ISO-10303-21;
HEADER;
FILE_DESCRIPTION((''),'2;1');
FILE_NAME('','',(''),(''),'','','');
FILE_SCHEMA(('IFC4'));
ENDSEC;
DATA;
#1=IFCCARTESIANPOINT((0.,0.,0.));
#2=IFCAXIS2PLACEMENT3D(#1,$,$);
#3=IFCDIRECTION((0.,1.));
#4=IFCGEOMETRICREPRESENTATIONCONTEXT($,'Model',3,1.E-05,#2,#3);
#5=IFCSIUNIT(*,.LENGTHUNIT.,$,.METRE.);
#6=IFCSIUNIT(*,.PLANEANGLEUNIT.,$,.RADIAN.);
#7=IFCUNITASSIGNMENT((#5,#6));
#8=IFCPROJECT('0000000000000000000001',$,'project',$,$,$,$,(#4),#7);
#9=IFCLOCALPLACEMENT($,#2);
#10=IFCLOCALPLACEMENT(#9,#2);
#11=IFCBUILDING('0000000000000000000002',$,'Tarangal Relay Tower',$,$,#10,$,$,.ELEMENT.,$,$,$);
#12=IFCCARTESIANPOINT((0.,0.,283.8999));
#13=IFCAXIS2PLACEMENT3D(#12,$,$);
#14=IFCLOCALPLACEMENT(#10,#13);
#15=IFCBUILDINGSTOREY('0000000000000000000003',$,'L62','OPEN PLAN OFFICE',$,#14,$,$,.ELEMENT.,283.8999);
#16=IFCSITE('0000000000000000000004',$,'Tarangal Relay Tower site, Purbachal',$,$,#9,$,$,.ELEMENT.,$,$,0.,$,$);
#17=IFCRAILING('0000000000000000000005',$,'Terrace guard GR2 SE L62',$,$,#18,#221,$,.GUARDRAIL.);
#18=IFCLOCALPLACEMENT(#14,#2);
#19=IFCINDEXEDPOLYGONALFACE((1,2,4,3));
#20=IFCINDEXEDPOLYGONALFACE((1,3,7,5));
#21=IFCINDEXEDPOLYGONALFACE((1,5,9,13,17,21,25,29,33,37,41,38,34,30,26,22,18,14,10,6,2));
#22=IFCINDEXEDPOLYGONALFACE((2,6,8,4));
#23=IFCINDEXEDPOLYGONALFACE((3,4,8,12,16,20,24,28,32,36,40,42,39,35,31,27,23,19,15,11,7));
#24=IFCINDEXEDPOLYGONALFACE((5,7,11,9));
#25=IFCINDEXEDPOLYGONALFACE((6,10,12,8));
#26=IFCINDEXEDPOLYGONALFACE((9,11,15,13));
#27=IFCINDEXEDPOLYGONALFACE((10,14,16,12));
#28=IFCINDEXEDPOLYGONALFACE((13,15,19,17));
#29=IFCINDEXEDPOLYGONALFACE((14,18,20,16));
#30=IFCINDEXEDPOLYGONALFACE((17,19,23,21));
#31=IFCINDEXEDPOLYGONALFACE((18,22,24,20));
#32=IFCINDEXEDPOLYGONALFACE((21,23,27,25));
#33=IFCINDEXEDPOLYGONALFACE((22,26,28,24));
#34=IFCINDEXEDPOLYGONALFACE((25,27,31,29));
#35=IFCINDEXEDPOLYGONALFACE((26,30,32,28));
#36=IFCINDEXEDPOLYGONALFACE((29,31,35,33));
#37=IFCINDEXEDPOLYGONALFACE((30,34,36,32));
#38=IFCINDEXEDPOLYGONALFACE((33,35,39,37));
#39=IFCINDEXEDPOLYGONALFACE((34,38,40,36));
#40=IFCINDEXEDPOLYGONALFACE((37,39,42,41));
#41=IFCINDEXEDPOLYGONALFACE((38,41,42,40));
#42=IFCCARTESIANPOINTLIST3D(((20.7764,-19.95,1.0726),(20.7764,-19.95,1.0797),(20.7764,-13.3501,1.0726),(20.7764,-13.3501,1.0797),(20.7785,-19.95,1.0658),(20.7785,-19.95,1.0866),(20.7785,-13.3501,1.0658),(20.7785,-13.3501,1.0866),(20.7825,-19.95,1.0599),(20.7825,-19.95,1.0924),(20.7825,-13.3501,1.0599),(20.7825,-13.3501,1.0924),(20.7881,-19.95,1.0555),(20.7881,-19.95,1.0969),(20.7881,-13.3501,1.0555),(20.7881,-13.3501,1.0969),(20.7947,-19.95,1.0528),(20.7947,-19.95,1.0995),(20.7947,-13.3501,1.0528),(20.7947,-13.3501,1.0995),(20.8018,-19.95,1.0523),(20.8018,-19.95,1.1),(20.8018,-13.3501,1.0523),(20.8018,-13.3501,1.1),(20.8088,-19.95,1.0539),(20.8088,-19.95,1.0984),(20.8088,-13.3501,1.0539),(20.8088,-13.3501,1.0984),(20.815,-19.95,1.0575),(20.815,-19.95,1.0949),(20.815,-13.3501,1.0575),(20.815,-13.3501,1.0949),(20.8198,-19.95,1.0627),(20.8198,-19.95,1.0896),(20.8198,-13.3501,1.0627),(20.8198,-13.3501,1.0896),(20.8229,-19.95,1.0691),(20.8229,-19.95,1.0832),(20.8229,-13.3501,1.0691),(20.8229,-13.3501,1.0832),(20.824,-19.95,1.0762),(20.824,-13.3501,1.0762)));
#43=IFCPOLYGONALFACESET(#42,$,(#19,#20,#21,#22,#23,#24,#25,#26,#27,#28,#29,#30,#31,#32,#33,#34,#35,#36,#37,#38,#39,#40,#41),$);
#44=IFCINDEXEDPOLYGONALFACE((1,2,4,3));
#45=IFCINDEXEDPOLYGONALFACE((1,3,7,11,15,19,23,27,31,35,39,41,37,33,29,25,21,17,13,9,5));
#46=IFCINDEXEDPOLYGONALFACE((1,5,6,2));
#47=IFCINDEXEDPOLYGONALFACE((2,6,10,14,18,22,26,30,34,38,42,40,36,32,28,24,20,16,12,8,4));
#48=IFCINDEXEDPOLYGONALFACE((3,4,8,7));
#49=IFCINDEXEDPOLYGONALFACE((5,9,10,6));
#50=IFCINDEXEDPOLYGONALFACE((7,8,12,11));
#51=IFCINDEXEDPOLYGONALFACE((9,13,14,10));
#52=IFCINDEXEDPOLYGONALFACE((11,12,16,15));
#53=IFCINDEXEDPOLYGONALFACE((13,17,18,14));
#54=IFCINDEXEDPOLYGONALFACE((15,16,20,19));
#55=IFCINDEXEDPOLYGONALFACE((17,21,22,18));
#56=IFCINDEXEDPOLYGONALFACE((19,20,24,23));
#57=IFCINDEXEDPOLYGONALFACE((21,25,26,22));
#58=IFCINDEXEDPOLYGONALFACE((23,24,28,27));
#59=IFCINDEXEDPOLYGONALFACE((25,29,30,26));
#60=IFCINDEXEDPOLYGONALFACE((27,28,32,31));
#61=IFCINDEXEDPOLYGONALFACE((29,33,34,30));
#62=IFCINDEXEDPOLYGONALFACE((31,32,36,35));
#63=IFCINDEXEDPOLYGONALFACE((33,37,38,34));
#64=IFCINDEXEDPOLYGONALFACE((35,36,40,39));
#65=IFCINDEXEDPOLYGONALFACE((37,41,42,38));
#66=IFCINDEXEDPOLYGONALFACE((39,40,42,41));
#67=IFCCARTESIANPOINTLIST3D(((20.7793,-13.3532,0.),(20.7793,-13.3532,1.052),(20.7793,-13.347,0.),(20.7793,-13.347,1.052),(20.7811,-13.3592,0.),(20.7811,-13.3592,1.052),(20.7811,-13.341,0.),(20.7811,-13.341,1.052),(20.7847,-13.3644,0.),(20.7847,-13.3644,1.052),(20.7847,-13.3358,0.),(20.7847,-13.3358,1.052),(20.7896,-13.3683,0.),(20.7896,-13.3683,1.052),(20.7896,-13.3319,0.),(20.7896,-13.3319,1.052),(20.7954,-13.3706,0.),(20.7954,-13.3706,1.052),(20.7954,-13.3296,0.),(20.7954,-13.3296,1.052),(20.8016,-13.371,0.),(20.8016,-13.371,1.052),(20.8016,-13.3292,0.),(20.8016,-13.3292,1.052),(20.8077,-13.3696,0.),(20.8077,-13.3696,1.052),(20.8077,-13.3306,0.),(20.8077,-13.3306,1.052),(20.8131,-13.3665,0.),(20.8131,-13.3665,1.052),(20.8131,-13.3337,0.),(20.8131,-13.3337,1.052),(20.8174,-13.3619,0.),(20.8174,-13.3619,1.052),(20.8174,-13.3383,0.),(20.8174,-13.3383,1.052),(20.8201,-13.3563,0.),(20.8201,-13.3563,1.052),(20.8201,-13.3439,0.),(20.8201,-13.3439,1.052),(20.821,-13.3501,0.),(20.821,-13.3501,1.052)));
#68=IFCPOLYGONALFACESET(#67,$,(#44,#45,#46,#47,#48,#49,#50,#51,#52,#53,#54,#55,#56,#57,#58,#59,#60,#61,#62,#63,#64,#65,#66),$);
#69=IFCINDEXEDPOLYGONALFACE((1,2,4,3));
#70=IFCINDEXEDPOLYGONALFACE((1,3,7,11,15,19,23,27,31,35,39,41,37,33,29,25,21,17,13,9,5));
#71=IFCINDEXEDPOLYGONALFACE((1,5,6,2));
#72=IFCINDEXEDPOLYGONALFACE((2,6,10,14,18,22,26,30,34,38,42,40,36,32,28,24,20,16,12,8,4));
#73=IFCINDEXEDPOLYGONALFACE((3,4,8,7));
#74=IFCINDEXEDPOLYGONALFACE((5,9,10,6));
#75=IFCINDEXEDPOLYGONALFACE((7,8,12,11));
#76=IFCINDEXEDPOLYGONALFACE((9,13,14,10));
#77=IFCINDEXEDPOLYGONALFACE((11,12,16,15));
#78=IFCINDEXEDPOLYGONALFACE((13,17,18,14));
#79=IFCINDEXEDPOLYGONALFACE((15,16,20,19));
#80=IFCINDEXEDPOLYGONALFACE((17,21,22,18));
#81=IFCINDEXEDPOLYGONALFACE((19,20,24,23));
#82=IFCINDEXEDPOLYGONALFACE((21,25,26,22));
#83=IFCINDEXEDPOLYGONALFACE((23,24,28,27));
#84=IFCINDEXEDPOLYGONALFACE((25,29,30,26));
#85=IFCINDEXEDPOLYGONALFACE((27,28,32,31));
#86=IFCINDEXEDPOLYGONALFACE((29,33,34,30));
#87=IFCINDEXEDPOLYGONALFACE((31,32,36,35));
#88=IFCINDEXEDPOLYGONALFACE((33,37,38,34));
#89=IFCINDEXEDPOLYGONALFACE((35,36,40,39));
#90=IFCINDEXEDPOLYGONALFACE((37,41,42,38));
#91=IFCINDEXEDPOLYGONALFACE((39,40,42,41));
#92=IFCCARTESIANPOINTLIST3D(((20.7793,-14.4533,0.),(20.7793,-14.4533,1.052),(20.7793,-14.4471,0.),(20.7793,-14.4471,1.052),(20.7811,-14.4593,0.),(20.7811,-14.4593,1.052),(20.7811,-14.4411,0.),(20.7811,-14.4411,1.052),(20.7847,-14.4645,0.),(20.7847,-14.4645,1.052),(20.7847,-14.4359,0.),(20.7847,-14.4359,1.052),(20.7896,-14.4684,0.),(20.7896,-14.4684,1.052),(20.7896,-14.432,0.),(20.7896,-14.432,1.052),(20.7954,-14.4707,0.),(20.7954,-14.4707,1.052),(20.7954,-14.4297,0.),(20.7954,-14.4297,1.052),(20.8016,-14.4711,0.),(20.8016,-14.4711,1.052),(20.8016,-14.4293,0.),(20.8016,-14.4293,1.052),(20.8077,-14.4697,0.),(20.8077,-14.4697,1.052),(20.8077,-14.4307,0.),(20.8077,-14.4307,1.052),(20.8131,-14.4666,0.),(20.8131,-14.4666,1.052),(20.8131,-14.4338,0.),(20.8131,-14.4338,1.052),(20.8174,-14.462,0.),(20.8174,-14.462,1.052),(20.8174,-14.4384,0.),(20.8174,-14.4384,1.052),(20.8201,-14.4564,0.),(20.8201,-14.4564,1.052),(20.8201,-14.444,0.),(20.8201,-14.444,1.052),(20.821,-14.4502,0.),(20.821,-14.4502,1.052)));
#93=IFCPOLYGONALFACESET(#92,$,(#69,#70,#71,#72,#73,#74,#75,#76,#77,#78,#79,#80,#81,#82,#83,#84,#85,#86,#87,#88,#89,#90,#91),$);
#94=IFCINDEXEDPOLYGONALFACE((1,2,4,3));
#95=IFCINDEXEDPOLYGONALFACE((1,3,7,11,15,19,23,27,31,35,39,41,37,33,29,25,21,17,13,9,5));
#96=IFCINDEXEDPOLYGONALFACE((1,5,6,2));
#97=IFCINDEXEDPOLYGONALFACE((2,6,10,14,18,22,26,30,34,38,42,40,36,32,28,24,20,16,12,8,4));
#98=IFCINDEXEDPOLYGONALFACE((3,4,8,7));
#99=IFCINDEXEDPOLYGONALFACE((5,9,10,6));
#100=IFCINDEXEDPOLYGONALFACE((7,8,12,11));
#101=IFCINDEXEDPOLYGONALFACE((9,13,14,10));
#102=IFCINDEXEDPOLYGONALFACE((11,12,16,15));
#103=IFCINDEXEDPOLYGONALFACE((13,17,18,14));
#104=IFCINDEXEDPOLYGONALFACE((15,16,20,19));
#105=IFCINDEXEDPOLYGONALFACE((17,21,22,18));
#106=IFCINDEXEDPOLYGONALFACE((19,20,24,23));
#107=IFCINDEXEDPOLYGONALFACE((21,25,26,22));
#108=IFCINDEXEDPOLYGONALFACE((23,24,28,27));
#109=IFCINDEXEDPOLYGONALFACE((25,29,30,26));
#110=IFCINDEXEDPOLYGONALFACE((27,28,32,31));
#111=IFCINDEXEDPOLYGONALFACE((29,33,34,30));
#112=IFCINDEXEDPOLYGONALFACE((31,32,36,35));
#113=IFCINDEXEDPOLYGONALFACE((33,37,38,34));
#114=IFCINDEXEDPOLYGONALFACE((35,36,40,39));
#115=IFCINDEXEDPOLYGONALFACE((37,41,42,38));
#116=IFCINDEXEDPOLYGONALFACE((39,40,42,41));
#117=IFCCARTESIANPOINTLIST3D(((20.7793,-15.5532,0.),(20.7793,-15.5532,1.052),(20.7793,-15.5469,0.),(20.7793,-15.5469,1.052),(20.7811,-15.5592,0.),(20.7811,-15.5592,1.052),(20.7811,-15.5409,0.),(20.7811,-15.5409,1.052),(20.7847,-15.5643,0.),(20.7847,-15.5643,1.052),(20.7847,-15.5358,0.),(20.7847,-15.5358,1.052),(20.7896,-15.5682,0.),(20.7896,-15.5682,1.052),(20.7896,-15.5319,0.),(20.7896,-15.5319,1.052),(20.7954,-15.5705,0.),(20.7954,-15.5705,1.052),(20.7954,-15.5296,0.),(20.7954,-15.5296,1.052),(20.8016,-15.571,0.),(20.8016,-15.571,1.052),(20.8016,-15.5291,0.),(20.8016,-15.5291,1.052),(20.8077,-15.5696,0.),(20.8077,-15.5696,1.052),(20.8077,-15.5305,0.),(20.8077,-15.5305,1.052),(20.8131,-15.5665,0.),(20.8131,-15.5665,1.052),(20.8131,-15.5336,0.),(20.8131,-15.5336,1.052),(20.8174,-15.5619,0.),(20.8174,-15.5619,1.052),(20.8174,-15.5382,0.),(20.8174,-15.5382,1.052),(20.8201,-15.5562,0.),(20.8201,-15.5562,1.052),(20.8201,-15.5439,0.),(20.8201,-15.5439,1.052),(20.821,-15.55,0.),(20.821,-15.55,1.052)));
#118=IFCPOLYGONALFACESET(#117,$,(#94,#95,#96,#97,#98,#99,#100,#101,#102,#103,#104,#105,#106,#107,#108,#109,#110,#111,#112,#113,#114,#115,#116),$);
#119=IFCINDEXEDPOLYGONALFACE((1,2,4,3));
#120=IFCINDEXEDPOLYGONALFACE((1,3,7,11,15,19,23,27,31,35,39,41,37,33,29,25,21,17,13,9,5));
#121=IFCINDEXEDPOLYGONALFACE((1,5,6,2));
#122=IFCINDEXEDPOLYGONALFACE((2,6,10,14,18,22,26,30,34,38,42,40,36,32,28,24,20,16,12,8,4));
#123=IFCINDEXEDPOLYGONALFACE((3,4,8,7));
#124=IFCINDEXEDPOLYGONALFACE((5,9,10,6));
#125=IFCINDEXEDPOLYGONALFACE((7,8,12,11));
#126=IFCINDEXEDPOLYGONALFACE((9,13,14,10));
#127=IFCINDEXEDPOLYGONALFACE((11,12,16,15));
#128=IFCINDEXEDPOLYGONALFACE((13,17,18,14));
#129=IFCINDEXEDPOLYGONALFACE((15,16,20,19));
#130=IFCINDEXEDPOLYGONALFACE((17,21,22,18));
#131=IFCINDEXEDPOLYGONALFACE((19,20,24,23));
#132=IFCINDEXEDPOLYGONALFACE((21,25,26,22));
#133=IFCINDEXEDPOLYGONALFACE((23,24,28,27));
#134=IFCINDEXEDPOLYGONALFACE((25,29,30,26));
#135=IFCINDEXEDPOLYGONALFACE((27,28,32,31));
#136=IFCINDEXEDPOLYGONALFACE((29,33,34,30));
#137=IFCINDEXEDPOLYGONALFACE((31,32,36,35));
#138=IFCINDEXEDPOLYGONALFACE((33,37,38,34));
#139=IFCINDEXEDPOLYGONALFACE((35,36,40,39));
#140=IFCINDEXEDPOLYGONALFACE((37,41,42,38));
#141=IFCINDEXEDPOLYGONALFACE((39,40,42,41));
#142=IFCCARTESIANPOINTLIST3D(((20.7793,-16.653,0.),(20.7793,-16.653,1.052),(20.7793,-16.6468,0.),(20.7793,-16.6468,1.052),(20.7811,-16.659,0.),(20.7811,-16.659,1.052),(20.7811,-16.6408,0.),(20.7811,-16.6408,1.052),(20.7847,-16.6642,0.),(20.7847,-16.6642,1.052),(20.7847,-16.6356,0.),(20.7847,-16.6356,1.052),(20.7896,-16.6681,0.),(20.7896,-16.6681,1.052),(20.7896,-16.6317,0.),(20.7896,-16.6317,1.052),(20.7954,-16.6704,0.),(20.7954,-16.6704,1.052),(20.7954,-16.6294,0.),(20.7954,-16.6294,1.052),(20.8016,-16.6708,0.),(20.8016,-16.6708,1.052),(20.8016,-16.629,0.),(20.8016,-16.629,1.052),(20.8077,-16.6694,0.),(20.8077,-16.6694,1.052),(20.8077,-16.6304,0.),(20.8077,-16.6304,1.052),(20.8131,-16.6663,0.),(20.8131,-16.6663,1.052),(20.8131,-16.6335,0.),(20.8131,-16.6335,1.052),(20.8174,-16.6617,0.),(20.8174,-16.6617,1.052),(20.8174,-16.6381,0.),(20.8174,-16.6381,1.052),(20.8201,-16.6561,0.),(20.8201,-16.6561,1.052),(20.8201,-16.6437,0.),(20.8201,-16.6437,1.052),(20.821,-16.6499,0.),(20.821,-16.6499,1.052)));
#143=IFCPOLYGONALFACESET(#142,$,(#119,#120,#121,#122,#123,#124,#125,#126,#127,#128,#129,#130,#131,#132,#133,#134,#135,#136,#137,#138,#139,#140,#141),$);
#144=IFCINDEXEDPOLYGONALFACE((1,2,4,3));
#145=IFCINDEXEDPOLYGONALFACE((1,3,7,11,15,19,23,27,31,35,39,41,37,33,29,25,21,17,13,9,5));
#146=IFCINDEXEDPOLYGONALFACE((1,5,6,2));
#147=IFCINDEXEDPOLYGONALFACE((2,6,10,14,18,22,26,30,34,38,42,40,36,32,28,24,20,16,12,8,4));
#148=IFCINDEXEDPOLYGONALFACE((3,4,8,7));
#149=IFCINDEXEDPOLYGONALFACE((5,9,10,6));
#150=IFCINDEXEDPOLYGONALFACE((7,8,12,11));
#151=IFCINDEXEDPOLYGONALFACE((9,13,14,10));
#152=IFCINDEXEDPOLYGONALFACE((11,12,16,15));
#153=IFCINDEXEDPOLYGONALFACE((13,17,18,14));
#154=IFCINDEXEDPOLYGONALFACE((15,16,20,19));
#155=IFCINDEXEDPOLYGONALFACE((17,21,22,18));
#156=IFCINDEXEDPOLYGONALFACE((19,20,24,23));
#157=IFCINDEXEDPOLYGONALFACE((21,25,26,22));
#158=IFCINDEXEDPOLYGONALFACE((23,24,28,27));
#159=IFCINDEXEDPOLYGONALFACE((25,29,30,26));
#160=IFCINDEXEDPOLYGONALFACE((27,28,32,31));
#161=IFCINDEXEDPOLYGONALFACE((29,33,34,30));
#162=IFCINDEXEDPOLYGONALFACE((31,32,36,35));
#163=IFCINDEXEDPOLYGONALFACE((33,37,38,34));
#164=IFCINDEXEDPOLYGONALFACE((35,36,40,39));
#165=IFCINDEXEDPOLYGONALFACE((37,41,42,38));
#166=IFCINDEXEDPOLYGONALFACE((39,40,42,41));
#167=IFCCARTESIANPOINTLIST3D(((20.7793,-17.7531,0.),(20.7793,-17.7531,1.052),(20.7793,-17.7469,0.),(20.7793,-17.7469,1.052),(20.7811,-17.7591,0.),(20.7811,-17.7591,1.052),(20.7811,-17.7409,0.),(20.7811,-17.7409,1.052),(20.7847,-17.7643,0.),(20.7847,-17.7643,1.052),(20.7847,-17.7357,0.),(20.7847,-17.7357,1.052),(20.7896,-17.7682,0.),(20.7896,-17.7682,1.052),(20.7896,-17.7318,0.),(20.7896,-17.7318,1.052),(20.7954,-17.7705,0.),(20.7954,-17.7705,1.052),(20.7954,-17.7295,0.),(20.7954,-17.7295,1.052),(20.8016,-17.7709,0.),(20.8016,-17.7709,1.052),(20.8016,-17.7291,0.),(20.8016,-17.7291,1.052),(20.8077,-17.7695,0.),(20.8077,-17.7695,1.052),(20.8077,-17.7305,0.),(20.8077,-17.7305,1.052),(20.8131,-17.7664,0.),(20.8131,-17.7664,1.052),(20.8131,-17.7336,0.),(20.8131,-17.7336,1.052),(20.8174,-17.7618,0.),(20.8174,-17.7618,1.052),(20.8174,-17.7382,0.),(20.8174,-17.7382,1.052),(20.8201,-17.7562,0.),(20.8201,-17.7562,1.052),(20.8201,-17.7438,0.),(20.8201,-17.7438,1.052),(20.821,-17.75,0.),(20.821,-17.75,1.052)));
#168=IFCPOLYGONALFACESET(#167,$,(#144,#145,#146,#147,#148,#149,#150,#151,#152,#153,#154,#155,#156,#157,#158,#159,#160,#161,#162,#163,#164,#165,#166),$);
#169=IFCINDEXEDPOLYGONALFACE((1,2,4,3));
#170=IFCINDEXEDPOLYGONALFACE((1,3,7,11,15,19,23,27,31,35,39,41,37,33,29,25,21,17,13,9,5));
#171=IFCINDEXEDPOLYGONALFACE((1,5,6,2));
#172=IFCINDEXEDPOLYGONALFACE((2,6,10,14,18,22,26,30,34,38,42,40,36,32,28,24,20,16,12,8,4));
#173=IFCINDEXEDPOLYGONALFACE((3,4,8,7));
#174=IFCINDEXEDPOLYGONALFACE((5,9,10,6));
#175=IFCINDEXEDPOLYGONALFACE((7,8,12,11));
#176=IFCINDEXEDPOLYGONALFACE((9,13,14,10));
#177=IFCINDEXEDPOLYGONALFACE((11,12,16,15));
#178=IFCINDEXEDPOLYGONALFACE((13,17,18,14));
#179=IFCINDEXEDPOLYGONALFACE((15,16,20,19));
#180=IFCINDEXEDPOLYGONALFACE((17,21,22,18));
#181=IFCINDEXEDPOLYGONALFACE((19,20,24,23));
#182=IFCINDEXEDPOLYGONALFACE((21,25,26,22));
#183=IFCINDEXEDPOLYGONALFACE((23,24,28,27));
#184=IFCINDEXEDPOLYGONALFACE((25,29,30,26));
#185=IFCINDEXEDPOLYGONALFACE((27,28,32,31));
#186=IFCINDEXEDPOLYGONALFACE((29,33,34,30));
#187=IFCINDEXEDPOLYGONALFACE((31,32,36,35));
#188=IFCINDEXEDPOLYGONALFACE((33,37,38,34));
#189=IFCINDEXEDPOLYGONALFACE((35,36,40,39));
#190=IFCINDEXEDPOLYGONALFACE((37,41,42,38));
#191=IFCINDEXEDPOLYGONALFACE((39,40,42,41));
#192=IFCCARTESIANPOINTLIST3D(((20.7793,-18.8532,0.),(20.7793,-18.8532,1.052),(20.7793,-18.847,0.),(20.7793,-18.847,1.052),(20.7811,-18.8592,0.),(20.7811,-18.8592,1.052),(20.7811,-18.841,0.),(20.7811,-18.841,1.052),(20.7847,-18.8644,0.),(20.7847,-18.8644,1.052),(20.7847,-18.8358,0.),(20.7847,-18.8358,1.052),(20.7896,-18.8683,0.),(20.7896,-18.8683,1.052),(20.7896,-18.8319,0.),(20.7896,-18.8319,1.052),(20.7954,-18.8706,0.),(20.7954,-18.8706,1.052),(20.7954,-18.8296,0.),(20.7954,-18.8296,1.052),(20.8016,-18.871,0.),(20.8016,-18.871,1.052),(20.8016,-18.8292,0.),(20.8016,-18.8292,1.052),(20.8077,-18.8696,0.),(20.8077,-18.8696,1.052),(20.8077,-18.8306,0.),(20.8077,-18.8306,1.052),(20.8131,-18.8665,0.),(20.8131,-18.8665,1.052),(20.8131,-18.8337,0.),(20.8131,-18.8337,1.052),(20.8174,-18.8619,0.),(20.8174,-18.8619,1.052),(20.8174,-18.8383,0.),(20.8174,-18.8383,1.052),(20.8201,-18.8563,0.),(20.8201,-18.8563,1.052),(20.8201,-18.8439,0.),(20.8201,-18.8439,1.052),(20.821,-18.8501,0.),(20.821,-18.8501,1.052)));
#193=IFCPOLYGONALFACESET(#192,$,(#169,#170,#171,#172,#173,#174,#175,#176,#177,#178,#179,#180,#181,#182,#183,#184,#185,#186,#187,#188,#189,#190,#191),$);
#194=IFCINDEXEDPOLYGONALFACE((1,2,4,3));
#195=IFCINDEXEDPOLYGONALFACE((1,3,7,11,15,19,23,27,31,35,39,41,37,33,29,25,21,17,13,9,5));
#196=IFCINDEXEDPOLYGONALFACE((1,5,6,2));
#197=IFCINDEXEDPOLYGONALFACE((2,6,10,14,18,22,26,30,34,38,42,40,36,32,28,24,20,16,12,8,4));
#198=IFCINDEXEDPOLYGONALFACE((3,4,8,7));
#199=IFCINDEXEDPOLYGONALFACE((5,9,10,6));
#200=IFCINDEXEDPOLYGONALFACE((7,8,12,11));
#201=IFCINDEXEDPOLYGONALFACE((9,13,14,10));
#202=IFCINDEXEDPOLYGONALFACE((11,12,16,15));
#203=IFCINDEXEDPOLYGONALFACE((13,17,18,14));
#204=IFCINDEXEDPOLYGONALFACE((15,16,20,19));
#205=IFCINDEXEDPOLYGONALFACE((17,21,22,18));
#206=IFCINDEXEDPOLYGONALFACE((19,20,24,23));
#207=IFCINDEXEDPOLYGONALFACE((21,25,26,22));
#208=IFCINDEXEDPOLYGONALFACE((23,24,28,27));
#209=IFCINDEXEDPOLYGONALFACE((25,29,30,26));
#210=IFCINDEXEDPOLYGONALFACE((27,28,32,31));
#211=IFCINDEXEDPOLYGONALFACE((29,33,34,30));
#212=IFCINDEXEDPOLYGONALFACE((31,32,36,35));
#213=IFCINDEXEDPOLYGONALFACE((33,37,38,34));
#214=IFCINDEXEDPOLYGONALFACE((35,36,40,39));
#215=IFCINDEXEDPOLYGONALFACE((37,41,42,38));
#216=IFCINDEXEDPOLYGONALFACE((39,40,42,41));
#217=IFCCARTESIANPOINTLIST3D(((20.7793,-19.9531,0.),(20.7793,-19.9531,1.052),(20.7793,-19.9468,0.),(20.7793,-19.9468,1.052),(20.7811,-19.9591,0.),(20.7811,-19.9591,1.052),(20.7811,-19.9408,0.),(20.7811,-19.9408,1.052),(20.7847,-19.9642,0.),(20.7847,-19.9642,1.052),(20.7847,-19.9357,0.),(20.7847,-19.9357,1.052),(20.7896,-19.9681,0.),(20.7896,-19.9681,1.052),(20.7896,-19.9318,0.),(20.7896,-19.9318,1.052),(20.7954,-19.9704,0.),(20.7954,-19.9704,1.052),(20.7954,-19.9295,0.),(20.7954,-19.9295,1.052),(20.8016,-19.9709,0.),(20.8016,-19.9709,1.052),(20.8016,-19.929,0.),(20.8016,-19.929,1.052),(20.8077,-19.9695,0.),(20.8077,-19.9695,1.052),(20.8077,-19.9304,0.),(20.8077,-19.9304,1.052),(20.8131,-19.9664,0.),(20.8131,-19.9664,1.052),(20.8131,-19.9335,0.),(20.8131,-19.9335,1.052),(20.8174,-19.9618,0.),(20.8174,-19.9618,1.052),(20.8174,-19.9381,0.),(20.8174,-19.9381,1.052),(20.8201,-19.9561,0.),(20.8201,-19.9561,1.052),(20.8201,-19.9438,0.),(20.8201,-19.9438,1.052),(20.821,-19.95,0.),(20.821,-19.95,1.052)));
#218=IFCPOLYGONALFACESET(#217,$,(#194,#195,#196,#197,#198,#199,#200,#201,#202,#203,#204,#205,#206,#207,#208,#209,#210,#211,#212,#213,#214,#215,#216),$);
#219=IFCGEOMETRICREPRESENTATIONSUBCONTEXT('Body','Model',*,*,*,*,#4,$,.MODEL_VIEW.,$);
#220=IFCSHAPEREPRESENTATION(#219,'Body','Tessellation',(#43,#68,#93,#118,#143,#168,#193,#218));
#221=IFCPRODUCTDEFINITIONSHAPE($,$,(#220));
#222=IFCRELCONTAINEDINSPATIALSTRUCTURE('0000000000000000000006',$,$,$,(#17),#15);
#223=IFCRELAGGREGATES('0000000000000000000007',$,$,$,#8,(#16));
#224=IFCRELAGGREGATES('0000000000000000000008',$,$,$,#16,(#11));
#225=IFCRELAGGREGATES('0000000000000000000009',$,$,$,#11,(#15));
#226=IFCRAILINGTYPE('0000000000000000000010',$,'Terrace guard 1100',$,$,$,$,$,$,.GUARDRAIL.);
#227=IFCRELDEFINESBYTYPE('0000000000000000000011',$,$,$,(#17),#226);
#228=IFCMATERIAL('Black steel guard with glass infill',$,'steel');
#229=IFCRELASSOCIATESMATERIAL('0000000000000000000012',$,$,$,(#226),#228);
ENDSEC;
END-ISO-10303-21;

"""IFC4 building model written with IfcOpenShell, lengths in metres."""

from ifc_helpers import new_model, si_unit, direction, frame, origin, origin_2d, place, context, subcontext, project, spatial, circle, extrude, material, type_object, element, save


model = new_model("IFC4")

# Units and contexts
model_context = context("Model", 3, precision=1e-05, world=origin(), true_north=direction((0.0, 1.0)))
body_context = subcontext(model_context, "Body", "Model", "MODEL_VIEW")
ifc_project = project(units=[si_unit("LENGTHUNIT", "METRE"), si_unit("PLANEANGLEUNIT", "RADIAN")], contexts=[model_context])

# Site, building, storey
site_placement = place(None, origin())
site = spatial("IfcSite", under=ifc_project, at=site_placement, Name="Tarangal Relay Tower site, Purbachal", CompositionType="ELEMENT", RefElevation=0.0)
building_placement = place(site_placement, origin())
building = spatial("IfcBuilding", under=site, at=building_placement, Name="Tarangal Relay Tower", CompositionType="ELEMENT")
storey_placement = place(building_placement, frame((0.0, 0.0, 283.8999)))
storey = spatial("IfcBuildingStorey", under=building, at=storey_placement, Name="L62", Description="OPEN PLAN OFFICE", CompositionType="ELEMENT", Elevation=283.8999)

# Railing
ifc_material_1 = material(Name="Black steel guard with glass infill", Category="steel")
railing_type = type_object("IfcRailingType", Name="Terrace guard 1100", PredefinedType="GUARDRAIL", material=ifc_material_1)
railing_1_placement = place(storey_placement, frame((20.8, -13.3501, 0.0)))
element("IfcRailing", 1, at=railing_1_placement, inside=storey, type_object=railing_type, Name="Terrace guard GR2 SE L62", PredefinedType="GUARDRAIL", context=body_context, shape_type="SweptSolid", body=[
    extrude(circle(Radius=0.0239, at=origin_2d()), frame((0.0, 0.0, 1.0762), z_axis=(0.0, -1.0, 0.0), x_axis=(1.0, 0.0, 0.0)), (0.0, 0.0, 1.0), 6.5999),
    extrude(circle(Radius=0.021, at=origin_2d()), origin(), (0.0, 0.0, 1.0), 1.052),
    extrude(circle(Radius=0.021, at=origin_2d()), frame((0.0, -1.1001, 0.0)), (0.0, 0.0, 1.0), 1.052),
    extrude(circle(Radius=0.021, at=origin_2d()), frame((0.0, -2.2, 0.0)), (0.0, 0.0, 1.0), 1.052),
    extrude(circle(Radius=0.021, at=origin_2d()), frame((0.0, -3.2998, 0.0)), (0.0, 0.0, 1.0), 1.052),
    extrude(circle(Radius=0.021, at=origin_2d()), frame((0.0, -4.3999, 0.0)), (0.0, 0.0, 1.0), 1.052),
    extrude(circle(Radius=0.021, at=origin_2d()), frame((0.0, -5.5, 0.0)), (0.0, 0.0, 1.0), 1.052),
    extrude(circle(Radius=0.021, at=origin_2d()), frame((0.0, -6.5999, 0.0)), (0.0, 0.0, 1.0), 1.052),
])

save(model, "model.ifc")
